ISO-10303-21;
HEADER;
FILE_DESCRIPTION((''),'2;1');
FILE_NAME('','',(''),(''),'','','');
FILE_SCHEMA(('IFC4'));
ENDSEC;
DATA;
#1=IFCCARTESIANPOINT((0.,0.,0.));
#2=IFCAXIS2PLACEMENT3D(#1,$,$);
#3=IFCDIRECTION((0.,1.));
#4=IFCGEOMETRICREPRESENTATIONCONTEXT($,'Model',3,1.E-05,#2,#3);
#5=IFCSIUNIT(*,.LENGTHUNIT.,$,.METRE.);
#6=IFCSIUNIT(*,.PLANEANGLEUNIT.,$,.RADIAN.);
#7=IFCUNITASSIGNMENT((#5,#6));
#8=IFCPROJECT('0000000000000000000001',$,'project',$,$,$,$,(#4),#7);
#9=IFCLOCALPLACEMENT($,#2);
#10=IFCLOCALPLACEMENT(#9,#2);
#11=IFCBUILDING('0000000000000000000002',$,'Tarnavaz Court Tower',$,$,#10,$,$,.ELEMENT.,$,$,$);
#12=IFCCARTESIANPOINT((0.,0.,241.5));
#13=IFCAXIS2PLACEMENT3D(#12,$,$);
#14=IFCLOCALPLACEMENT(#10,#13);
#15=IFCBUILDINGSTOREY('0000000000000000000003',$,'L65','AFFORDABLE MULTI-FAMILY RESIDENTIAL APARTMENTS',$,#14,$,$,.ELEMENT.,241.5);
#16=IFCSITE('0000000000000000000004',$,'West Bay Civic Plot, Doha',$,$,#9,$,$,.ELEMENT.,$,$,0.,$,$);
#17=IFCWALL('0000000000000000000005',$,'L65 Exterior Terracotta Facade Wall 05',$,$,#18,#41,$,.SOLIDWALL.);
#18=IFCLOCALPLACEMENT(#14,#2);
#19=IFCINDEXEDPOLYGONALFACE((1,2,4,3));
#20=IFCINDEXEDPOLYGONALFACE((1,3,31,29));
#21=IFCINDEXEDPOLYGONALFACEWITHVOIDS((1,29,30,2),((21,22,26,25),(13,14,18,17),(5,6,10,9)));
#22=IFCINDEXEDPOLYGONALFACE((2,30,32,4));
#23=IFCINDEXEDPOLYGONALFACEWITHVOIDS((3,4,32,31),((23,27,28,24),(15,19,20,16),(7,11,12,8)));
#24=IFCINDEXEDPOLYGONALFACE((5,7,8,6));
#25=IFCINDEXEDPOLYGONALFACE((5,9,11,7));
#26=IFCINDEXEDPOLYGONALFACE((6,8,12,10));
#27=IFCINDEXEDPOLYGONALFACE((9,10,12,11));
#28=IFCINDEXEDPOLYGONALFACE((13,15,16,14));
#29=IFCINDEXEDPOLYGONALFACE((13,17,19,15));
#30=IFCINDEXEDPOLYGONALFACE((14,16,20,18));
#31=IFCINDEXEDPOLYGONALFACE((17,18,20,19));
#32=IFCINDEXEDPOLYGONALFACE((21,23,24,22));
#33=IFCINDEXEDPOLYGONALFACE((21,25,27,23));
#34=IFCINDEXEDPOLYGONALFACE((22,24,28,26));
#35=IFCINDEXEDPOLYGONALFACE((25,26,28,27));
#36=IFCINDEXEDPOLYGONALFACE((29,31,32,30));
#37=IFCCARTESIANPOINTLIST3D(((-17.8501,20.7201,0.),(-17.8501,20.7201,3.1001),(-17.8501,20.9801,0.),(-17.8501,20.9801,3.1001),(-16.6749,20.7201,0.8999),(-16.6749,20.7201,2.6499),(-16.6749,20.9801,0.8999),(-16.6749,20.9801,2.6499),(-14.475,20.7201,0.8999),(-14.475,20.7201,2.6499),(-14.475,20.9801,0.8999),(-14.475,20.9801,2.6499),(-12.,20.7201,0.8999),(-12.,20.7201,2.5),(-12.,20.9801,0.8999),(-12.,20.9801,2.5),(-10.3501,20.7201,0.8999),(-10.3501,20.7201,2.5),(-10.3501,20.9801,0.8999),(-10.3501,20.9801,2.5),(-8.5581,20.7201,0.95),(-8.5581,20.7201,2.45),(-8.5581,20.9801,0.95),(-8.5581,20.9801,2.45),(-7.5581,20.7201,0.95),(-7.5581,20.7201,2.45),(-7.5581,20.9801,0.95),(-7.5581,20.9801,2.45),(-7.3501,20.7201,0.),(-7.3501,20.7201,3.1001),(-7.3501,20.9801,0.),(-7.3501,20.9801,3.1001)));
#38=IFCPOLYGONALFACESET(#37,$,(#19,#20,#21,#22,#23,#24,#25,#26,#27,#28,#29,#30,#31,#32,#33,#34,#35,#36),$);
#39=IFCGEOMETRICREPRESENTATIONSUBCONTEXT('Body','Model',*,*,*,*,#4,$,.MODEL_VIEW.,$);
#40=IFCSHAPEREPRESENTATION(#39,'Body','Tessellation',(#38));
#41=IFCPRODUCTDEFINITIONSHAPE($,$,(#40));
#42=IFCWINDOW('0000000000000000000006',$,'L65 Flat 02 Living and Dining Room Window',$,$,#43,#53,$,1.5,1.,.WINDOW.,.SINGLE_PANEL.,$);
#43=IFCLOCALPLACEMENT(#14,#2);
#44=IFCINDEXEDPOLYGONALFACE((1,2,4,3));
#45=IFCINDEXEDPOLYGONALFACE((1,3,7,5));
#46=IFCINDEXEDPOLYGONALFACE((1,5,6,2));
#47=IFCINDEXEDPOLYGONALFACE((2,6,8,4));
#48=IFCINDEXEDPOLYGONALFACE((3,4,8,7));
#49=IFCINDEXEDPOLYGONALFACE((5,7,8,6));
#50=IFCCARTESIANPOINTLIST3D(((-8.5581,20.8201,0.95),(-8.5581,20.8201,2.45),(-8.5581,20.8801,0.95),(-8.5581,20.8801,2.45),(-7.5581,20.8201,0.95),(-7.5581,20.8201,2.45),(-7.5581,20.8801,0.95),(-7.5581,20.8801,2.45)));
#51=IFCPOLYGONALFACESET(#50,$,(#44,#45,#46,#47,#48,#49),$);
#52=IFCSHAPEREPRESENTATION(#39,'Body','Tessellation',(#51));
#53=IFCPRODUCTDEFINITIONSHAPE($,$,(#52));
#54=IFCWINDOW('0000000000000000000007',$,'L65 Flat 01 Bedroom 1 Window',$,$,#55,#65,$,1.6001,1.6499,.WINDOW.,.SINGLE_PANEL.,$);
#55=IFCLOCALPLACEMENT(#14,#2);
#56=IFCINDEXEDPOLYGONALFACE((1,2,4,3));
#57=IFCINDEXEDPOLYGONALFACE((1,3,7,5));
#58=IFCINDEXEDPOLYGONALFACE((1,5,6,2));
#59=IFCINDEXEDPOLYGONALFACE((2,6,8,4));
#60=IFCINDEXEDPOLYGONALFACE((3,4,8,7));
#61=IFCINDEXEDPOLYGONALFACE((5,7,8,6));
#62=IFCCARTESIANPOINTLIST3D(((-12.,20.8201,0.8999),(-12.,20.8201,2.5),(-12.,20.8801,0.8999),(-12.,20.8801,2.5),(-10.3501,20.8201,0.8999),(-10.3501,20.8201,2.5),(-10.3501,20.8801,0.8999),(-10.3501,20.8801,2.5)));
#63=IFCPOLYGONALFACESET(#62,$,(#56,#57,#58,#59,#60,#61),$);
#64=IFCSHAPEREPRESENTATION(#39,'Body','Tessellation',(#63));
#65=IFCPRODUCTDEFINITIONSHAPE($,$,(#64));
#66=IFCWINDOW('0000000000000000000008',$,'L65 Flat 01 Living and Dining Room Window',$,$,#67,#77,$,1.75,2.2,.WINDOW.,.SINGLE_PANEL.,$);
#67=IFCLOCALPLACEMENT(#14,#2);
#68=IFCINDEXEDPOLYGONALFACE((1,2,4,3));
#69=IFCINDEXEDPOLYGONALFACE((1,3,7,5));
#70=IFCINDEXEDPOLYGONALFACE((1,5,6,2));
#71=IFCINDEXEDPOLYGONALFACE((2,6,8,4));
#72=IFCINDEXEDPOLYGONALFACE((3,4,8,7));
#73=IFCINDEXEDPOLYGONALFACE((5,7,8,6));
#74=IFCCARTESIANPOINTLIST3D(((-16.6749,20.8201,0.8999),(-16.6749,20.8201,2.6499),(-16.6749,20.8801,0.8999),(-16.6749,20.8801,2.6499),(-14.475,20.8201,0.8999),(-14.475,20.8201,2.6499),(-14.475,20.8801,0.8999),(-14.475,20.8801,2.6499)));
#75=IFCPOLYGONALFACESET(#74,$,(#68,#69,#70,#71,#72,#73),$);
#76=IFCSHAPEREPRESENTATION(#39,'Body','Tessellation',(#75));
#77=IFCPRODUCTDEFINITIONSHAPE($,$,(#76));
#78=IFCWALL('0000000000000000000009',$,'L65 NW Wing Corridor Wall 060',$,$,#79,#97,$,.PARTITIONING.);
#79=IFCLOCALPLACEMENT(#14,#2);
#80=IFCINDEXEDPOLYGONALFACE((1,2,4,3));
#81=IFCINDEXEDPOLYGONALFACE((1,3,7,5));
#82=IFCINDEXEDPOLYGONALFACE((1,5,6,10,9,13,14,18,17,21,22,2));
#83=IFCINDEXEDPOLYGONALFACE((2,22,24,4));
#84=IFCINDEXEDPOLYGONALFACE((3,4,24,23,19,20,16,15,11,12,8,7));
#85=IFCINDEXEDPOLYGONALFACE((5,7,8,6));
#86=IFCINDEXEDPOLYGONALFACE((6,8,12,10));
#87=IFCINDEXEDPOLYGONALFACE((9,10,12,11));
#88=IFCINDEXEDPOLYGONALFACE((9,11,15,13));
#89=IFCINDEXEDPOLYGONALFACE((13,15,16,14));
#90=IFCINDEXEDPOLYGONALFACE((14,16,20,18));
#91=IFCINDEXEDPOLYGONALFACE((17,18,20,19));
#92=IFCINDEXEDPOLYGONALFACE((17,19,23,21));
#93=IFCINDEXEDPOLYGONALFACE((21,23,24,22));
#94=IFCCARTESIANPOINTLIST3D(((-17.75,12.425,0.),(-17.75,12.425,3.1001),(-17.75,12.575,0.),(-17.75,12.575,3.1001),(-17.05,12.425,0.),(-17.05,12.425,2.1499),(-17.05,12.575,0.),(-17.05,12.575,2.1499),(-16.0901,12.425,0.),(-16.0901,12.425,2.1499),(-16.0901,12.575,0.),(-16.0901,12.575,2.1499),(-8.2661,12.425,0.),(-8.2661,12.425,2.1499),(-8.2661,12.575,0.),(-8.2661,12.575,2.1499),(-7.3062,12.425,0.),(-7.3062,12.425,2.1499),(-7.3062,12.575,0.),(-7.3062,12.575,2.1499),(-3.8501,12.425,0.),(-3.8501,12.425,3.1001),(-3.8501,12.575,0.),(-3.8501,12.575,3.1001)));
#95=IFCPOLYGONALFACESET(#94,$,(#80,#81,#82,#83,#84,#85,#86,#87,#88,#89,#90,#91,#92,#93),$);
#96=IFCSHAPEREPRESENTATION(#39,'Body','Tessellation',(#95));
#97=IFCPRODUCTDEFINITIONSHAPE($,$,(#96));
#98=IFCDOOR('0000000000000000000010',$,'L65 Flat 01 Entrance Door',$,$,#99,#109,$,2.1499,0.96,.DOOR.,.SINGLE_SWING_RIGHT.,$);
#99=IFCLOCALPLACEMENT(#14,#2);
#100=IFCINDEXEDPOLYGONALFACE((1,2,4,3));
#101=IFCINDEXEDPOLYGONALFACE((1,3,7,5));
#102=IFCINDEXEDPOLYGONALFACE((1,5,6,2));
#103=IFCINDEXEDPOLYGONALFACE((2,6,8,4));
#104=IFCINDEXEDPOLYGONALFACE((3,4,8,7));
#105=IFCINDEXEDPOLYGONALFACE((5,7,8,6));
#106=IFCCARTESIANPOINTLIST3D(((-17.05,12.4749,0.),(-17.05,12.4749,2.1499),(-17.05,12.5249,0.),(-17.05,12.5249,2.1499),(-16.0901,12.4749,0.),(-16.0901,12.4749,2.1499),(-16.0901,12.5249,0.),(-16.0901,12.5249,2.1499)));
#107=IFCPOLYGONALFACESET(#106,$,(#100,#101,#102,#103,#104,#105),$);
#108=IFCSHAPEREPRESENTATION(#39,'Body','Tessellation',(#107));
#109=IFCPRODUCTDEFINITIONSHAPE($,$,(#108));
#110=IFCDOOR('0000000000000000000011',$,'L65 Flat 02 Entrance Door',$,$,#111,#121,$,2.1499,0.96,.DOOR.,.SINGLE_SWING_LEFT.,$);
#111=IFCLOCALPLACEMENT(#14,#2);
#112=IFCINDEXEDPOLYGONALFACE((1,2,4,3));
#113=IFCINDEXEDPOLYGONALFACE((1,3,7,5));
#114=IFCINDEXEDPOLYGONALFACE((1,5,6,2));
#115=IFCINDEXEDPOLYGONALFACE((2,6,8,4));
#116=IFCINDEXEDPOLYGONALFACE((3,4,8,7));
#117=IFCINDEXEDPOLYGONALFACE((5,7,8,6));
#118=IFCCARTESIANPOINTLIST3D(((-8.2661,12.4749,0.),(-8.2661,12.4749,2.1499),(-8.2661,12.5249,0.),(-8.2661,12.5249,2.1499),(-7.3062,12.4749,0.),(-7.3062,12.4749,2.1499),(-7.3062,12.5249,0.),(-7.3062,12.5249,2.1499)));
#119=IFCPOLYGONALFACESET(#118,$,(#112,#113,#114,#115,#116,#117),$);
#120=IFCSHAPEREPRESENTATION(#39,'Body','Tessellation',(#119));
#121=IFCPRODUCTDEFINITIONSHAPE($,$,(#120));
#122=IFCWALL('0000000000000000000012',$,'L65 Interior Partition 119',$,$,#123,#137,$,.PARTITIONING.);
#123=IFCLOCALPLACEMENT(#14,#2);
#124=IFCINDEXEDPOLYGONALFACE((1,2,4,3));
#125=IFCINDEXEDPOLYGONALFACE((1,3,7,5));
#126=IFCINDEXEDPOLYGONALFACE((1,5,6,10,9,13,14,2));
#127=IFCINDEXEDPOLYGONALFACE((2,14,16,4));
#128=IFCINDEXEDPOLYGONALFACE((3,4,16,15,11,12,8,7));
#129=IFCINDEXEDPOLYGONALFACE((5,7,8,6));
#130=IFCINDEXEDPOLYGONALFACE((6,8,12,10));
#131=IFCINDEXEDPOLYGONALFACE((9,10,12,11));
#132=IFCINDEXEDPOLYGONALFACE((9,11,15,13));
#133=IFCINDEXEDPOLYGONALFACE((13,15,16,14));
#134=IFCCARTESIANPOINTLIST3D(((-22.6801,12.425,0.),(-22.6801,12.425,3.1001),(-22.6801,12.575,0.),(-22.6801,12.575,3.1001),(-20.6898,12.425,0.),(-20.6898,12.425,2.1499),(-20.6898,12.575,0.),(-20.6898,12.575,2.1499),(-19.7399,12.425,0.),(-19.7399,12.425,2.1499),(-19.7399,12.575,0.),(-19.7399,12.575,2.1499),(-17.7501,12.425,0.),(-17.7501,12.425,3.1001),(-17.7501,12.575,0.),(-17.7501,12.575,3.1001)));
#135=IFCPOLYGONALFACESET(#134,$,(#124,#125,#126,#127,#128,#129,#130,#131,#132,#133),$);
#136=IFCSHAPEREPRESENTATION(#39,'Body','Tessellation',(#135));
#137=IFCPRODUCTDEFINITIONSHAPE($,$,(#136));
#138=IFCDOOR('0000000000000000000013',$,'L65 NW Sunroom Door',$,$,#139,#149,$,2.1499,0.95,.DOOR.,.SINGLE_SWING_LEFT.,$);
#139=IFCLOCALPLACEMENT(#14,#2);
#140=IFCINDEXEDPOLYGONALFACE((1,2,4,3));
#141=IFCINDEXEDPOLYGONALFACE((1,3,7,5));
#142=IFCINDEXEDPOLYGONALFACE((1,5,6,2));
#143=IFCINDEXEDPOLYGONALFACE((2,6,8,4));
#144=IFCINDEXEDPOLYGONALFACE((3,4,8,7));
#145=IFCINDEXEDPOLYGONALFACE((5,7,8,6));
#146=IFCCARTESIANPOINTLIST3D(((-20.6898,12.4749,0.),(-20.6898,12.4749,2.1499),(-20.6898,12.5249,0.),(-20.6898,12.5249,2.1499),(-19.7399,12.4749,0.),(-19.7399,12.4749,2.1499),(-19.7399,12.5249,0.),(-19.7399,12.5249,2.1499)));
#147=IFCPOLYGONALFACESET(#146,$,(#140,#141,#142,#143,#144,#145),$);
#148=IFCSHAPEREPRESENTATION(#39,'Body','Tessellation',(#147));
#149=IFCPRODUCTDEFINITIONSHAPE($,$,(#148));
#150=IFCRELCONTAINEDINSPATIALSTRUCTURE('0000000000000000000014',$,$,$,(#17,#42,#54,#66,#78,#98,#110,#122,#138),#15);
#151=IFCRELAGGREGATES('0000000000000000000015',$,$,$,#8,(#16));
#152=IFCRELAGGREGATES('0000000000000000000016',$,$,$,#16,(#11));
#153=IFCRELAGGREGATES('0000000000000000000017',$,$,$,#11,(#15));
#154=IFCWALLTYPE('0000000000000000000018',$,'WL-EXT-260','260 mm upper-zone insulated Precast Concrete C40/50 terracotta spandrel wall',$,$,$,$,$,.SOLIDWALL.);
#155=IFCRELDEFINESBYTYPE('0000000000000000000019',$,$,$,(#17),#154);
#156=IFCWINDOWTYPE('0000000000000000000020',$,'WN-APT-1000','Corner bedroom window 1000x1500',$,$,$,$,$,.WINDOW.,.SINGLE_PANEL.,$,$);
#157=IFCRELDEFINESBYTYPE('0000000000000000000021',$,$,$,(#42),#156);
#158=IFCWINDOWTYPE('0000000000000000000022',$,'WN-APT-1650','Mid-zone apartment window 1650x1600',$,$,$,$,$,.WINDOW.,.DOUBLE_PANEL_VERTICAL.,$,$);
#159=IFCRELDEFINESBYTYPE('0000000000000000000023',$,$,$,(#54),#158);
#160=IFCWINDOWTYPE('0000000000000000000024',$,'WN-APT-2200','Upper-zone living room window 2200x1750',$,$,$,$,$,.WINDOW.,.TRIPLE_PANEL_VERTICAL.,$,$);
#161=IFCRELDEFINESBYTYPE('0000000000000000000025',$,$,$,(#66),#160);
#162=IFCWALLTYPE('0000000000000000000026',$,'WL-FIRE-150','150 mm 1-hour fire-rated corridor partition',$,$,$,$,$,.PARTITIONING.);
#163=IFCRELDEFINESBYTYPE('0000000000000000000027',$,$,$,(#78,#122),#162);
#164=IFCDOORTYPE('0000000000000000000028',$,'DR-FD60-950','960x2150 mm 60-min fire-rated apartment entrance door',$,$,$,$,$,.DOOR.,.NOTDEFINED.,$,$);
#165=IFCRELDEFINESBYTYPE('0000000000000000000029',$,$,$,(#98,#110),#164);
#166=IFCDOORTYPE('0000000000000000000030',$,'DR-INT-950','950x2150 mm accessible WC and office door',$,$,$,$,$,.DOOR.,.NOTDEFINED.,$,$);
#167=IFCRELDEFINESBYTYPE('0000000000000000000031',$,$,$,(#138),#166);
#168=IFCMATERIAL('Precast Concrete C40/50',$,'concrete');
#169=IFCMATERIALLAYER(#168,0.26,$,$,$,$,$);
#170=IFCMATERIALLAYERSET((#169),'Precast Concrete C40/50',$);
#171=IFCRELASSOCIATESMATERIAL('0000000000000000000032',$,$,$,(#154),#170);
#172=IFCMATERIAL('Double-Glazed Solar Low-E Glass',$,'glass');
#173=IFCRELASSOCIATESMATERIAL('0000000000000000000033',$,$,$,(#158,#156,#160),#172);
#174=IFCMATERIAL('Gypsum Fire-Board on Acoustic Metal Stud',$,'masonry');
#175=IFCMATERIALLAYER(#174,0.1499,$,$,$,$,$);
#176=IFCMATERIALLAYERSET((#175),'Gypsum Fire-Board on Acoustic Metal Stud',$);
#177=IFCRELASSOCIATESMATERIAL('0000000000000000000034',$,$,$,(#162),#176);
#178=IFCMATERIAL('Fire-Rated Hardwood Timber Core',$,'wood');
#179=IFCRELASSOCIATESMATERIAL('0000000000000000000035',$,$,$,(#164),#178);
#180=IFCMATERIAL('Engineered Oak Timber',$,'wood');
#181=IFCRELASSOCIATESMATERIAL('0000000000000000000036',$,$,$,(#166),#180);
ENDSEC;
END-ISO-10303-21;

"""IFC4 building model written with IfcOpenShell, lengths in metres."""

from ifc_helpers import new_model, si_unit, direction, frame, frame_2d, origin, place, context, subcontext, project, spatial, rectangle, extrude, material, layer, layer_set, type_object, element, fill, save


model = new_model("IFC4")

# Units and contexts
model_context = context("Model", 3, precision=1e-05, world=origin(), true_north=direction((0.0, 1.0)))
body_context = subcontext(model_context, "Body", "Model", "MODEL_VIEW")
ifc_project = project(units=[si_unit("LENGTHUNIT", "METRE"), si_unit("PLANEANGLEUNIT", "RADIAN")], contexts=[model_context])

# Site, building, storey
site_placement = place(None, origin())
site = spatial("IfcSite", under=ifc_project, at=site_placement, Name="West Bay Civic Plot, Doha", CompositionType="ELEMENT", RefElevation=0.0)
building_placement = place(site_placement, origin())
building = spatial("IfcBuilding", under=site, at=building_placement, Name="Tarnavaz Court Tower", CompositionType="ELEMENT")
storey_placement = place(building_placement, frame((0.0, 0.0, 241.5)))
storey = spatial("IfcBuildingStorey", under=building, at=storey_placement, Name="L65", Description="AFFORDABLE MULTI-FAMILY RESIDENTIAL APARTMENTS", CompositionType="ELEMENT", Elevation=241.5)

# Shared definitions
ifc_material_1 = material(Name="Precast Concrete C40/50", Category="concrete")
ifc_layer_1 = layer(ifc_material_1, 0.26)
ifc_layer_set_1 = layer_set([ifc_layer_1], Name="Precast Concrete C40/50")
wall_type_1 = type_object("IfcWallType", Name="WL-EXT-260", Description="260 mm upper-zone insulated Precast Concrete C40/50 terracotta spandrel wall", PredefinedType="SOLIDWALL", material=ifc_layer_set_1)
ifc_material_2 = material(Name="Double-Glazed Solar Low-E Glass", Category="glass")
window_type_1 = type_object("IfcWindowType", Name="WN-APT-1650", Description="Mid-zone apartment window 1650x1600", PartitioningType="DOUBLE_PANEL_VERTICAL", PredefinedType="WINDOW", material=ifc_material_2)

# Wall, openings, windows
wall_1_placement = place(storey_placement, frame((-17.8501, 20.8501, 0.0), z_axis=(0.0, 0.0, 1.0), x_axis=(1.0, 0.0, 0.0)))
wall_1 = element("IfcWall", 1, at=wall_1_placement, inside=storey, type_object=wall_type_1, Name="L65 Exterior Terracotta Facade Wall 05", PredefinedType="SOLIDWALL", context=body_context, shape_type="SweptSolid", body=[
    extrude(rectangle(XDim=10.5, YDim=0.26, at=frame_2d((5.25, 0.0))), origin(), (0.0, 0.0, 1.0), 3.1001),
])
opening_1_placement = place(wall_1_placement, frame((1.175, 0.0, 0.8999)))
opening_1 = element("IfcOpeningElement", 2, at=opening_1_placement, cuts=wall_1, PredefinedType="OPENING", context=body_context, shape_type="SweptSolid", body=[
    extrude(rectangle(XDim=2.2, YDim=1.75, at=frame_2d((1.1001, 0.875))), frame((0.0, 0.1399, 0.0), z_axis=(0.0, -1.0, 0.0), x_axis=(1.0, 0.0, 0.0)), (0.0, 0.0, 1.0), 0.28),
])
opening_2_placement = place(wall_1_placement, frame((5.8501, 0.0, 0.8999)))
opening_2 = element("IfcOpeningElement", 3, at=opening_2_placement, cuts=wall_1, PredefinedType="OPENING", context=body_context, shape_type="SweptSolid", body=[
    extrude(rectangle(XDim=1.6499, YDim=1.6001, at=frame_2d((0.825, 0.8))), frame((0.0, 0.1399, 0.0), z_axis=(0.0, -1.0, 0.0), x_axis=(1.0, 0.0, 0.0)), (0.0, 0.0, 1.0), 0.28),
])
opening_3_placement = place(wall_1_placement, frame((9.292, 0.0, 0.95)))
opening_3 = element("IfcOpeningElement", 4, at=opening_3_placement, cuts=wall_1, PredefinedType="OPENING", context=body_context, shape_type="SweptSolid", body=[
    extrude(rectangle(XDim=1.0, YDim=1.5, at=frame_2d((0.5, 0.75))), frame((0.0, 0.1399, 0.0), z_axis=(0.0, -1.0, 0.0), x_axis=(1.0, 0.0, 0.0)), (0.0, 0.0, 1.0), 0.28),
])
window_type_2 = type_object("IfcWindowType", Name="WN-APT-1000", Description="Corner bedroom window 1000x1500", PartitioningType="SINGLE_PANEL", PredefinedType="WINDOW", material=ifc_material_2)
window_1_placement = place(opening_3_placement, origin())
window_1 = element("IfcWindow", 5, at=window_1_placement, inside=storey, type_object=window_type_2, Name="L65 Flat 02 Living and Dining Room Window", OverallHeight=1.5, OverallWidth=1.0, PartitioningType="SINGLE_PANEL", PredefinedType="WINDOW", context=body_context, shape_type="SweptSolid", body=[
    extrude(rectangle(XDim=1.0, YDim=1.5, at=frame_2d((0.5, 0.75))), frame((0.0, 0.03, 0.0), z_axis=(0.0, -1.0, 0.0), x_axis=(1.0, 0.0, 0.0)), (0.0, 0.0, 1.0), 0.0601),
])
fill(opening_3, window_1)
window_2_placement = place(opening_2_placement, origin())
window_2 = element("IfcWindow", 6, at=window_2_placement, inside=storey, type_object=window_type_1, Name="L65 Flat 01 Bedroom 1 Window", OverallHeight=1.6001, OverallWidth=1.6499, PartitioningType="SINGLE_PANEL", PredefinedType="WINDOW", context=body_context, shape_type="SweptSolid", body=[
    extrude(rectangle(XDim=1.6499, YDim=1.6001, at=frame_2d((0.825, 0.8))), frame((0.0, 0.03, 0.0), z_axis=(0.0, -1.0, 0.0), x_axis=(1.0, 0.0, 0.0)), (0.0, 0.0, 1.0), 0.0601),
])
fill(opening_2, window_2)
window_type_3 = type_object("IfcWindowType", Name="WN-APT-2200", Description="Upper-zone living room window 2200x1750", PartitioningType="TRIPLE_PANEL_VERTICAL", PredefinedType="WINDOW", material=ifc_material_2)
window_3_placement = place(opening_1_placement, origin())
window_3 = element("IfcWindow", 7, at=window_3_placement, inside=storey, type_object=window_type_3, Name="L65 Flat 01 Living and Dining Room Window", OverallHeight=1.75, OverallWidth=2.2, PartitioningType="SINGLE_PANEL", PredefinedType="WINDOW", context=body_context, shape_type="SweptSolid", body=[
    extrude(rectangle(XDim=2.2, YDim=1.75, at=frame_2d((1.1001, 0.875))), frame((0.0, 0.03, 0.0), z_axis=(0.0, -1.0, 0.0), x_axis=(1.0, 0.0, 0.0)), (0.0, 0.0, 1.0), 0.0601),
])
fill(opening_1, window_3)

# Wall, openings, doors
ifc_material_3 = material(Name="Gypsum Fire-Board on Acoustic Metal Stud", Category="masonry")
ifc_layer_2 = layer(ifc_material_3, 0.1499)
ifc_layer_set_2 = layer_set([ifc_layer_2], Name="Gypsum Fire-Board on Acoustic Metal Stud")
wall_type_2 = type_object("IfcWallType", Name="WL-FIRE-150", Description="150 mm 1-hour fire-rated corridor partition", PredefinedType="PARTITIONING", material=ifc_layer_set_2)
wall_2_placement = place(storey_placement, frame((-17.75, 12.5, 0.0), z_axis=(0.0, 0.0, 1.0), x_axis=(1.0, 0.0, 0.0)))
wall_2 = element("IfcWall", 8, at=wall_2_placement, inside=storey, type_object=wall_type_2, Name="L65 NW Wing Corridor Wall 060", PredefinedType="PARTITIONING", context=body_context, shape_type="SweptSolid", body=[
    extrude(rectangle(XDim=13.8999, YDim=0.1499, at=frame_2d((6.95, 0.0))), origin(), (0.0, 0.0, 1.0), 3.1001),
])
opening_4_placement = place(wall_2_placement, frame((0.7, 0.0, 0.0)))
opening_4 = element("IfcOpeningElement", 9, at=opening_4_placement, cuts=wall_2, PredefinedType="OPENING", context=body_context, shape_type="SweptSolid", body=[
    extrude(rectangle(XDim=0.96, YDim=2.1499, at=frame_2d((0.48, 1.075))), frame((0.0, 0.085, 0.0), z_axis=(0.0, -1.0, 0.0), x_axis=(1.0, 0.0, 0.0)), (0.0, 0.0, 1.0), 0.1699),
])
opening_5_placement = place(wall_2_placement, frame((9.4839, 0.0, 0.0)))
opening_5 = element("IfcOpeningElement", 10, at=opening_5_placement, cuts=wall_2, PredefinedType="OPENING", context=body_context, shape_type="SweptSolid", body=[
    extrude(rectangle(XDim=0.96, YDim=2.1499, at=frame_2d((0.48, 1.075))), frame((0.0, 0.085, 0.0), z_axis=(0.0, -1.0, 0.0), x_axis=(1.0, 0.0, 0.0)), (0.0, 0.0, 1.0), 0.1699),
])
ifc_material_4 = material(Name="Fire-Rated Hardwood Timber Core", Category="wood")
door_type_1 = type_object("IfcDoorType", Name="DR-FD60-950", Description="960x2150 mm 60-min fire-rated apartment entrance door", OperationType="NOTDEFINED", PredefinedType="DOOR", material=ifc_material_4)
door_1_placement = place(opening_4_placement, origin())
door_1 = element("IfcDoor", 11, at=door_1_placement, inside=storey, type_object=door_type_1, Name="L65 Flat 01 Entrance Door", OperationType="SINGLE_SWING_RIGHT", OverallHeight=2.1499, OverallWidth=0.96, PredefinedType="DOOR", context=body_context, shape_type="SweptSolid", body=[
    extrude(rectangle(XDim=0.96, YDim=2.1499, at=frame_2d((0.48, 1.075))), frame((0.0, 0.0249, 0.0), z_axis=(0.0, -1.0, 0.0), x_axis=(1.0, 0.0, 0.0)), (0.0, 0.0, 1.0), 0.05),
])
fill(opening_4, door_1)
door_2_placement = place(opening_5_placement, origin())
door_2 = element("IfcDoor", 12, at=door_2_placement, inside=storey, type_object=door_type_1, Name="L65 Flat 02 Entrance Door", OperationType="SINGLE_SWING_LEFT", OverallHeight=2.1499, OverallWidth=0.96, PredefinedType="DOOR", context=body_context, shape_type="SweptSolid", body=[
    extrude(rectangle(XDim=0.96, YDim=2.1499, at=frame_2d((0.48, 1.075))), frame((0.0, 0.0249, 0.0), z_axis=(0.0, -1.0, 0.0), x_axis=(1.0, 0.0, 0.0)), (0.0, 0.0, 1.0), 0.05),
])
fill(opening_5, door_2)

# Wall, opening, door
wall_3_placement = place(storey_placement, frame((-22.6799, 12.5, 0.0), z_axis=(0.0, 0.0, 1.0), x_axis=(1.0, 0.0, 0.0)))
wall_3 = element("IfcWall", 13, at=wall_3_placement, inside=storey, type_object=wall_type_2, Name="L65 Interior Partition 119", PredefinedType="PARTITIONING", context=body_context, shape_type="SweptSolid", body=[
    extrude(rectangle(XDim=4.9299, YDim=0.1499, at=frame_2d((2.4648, 0.0))), origin(), (0.0, 0.0, 1.0), 3.1001),
])
opening_6_placement = place(wall_3_placement, frame((1.99, 0.0, 0.0)))
opening_6 = element("IfcOpeningElement", 14, at=opening_6_placement, cuts=wall_3, PredefinedType="OPENING", context=body_context, shape_type="SweptSolid", body=[
    extrude(rectangle(XDim=0.95, YDim=2.1499, at=frame_2d((0.4751, 1.075))), frame((0.0, 0.085, 0.0), z_axis=(0.0, -1.0, 0.0), x_axis=(1.0, 0.0, 0.0)), (0.0, 0.0, 1.0), 0.1699),
])
ifc_material_5 = material(Name="Engineered Oak Timber", Category="wood")
door_type_2 = type_object("IfcDoorType", Name="DR-INT-950", Description="950x2150 mm accessible WC and office door", OperationType="NOTDEFINED", PredefinedType="DOOR", material=ifc_material_5)
door_3_placement = place(opening_6_placement, origin())
door_3 = element("IfcDoor", 15, at=door_3_placement, inside=storey, type_object=door_type_2, Name="L65 NW Sunroom Door", OperationType="SINGLE_SWING_LEFT", OverallHeight=2.1499, OverallWidth=0.95, PredefinedType="DOOR", context=body_context, shape_type="SweptSolid", body=[
    extrude(rectangle(XDim=0.95, YDim=2.1499, at=frame_2d((0.4751, 1.075))), frame((0.0, 0.0249, 0.0), z_axis=(0.0, -1.0, 0.0), x_axis=(1.0, 0.0, 0.0)), (0.0, 0.0, 1.0), 0.05),
])
fill(opening_6, door_3)

save(model, "model.ifc")
